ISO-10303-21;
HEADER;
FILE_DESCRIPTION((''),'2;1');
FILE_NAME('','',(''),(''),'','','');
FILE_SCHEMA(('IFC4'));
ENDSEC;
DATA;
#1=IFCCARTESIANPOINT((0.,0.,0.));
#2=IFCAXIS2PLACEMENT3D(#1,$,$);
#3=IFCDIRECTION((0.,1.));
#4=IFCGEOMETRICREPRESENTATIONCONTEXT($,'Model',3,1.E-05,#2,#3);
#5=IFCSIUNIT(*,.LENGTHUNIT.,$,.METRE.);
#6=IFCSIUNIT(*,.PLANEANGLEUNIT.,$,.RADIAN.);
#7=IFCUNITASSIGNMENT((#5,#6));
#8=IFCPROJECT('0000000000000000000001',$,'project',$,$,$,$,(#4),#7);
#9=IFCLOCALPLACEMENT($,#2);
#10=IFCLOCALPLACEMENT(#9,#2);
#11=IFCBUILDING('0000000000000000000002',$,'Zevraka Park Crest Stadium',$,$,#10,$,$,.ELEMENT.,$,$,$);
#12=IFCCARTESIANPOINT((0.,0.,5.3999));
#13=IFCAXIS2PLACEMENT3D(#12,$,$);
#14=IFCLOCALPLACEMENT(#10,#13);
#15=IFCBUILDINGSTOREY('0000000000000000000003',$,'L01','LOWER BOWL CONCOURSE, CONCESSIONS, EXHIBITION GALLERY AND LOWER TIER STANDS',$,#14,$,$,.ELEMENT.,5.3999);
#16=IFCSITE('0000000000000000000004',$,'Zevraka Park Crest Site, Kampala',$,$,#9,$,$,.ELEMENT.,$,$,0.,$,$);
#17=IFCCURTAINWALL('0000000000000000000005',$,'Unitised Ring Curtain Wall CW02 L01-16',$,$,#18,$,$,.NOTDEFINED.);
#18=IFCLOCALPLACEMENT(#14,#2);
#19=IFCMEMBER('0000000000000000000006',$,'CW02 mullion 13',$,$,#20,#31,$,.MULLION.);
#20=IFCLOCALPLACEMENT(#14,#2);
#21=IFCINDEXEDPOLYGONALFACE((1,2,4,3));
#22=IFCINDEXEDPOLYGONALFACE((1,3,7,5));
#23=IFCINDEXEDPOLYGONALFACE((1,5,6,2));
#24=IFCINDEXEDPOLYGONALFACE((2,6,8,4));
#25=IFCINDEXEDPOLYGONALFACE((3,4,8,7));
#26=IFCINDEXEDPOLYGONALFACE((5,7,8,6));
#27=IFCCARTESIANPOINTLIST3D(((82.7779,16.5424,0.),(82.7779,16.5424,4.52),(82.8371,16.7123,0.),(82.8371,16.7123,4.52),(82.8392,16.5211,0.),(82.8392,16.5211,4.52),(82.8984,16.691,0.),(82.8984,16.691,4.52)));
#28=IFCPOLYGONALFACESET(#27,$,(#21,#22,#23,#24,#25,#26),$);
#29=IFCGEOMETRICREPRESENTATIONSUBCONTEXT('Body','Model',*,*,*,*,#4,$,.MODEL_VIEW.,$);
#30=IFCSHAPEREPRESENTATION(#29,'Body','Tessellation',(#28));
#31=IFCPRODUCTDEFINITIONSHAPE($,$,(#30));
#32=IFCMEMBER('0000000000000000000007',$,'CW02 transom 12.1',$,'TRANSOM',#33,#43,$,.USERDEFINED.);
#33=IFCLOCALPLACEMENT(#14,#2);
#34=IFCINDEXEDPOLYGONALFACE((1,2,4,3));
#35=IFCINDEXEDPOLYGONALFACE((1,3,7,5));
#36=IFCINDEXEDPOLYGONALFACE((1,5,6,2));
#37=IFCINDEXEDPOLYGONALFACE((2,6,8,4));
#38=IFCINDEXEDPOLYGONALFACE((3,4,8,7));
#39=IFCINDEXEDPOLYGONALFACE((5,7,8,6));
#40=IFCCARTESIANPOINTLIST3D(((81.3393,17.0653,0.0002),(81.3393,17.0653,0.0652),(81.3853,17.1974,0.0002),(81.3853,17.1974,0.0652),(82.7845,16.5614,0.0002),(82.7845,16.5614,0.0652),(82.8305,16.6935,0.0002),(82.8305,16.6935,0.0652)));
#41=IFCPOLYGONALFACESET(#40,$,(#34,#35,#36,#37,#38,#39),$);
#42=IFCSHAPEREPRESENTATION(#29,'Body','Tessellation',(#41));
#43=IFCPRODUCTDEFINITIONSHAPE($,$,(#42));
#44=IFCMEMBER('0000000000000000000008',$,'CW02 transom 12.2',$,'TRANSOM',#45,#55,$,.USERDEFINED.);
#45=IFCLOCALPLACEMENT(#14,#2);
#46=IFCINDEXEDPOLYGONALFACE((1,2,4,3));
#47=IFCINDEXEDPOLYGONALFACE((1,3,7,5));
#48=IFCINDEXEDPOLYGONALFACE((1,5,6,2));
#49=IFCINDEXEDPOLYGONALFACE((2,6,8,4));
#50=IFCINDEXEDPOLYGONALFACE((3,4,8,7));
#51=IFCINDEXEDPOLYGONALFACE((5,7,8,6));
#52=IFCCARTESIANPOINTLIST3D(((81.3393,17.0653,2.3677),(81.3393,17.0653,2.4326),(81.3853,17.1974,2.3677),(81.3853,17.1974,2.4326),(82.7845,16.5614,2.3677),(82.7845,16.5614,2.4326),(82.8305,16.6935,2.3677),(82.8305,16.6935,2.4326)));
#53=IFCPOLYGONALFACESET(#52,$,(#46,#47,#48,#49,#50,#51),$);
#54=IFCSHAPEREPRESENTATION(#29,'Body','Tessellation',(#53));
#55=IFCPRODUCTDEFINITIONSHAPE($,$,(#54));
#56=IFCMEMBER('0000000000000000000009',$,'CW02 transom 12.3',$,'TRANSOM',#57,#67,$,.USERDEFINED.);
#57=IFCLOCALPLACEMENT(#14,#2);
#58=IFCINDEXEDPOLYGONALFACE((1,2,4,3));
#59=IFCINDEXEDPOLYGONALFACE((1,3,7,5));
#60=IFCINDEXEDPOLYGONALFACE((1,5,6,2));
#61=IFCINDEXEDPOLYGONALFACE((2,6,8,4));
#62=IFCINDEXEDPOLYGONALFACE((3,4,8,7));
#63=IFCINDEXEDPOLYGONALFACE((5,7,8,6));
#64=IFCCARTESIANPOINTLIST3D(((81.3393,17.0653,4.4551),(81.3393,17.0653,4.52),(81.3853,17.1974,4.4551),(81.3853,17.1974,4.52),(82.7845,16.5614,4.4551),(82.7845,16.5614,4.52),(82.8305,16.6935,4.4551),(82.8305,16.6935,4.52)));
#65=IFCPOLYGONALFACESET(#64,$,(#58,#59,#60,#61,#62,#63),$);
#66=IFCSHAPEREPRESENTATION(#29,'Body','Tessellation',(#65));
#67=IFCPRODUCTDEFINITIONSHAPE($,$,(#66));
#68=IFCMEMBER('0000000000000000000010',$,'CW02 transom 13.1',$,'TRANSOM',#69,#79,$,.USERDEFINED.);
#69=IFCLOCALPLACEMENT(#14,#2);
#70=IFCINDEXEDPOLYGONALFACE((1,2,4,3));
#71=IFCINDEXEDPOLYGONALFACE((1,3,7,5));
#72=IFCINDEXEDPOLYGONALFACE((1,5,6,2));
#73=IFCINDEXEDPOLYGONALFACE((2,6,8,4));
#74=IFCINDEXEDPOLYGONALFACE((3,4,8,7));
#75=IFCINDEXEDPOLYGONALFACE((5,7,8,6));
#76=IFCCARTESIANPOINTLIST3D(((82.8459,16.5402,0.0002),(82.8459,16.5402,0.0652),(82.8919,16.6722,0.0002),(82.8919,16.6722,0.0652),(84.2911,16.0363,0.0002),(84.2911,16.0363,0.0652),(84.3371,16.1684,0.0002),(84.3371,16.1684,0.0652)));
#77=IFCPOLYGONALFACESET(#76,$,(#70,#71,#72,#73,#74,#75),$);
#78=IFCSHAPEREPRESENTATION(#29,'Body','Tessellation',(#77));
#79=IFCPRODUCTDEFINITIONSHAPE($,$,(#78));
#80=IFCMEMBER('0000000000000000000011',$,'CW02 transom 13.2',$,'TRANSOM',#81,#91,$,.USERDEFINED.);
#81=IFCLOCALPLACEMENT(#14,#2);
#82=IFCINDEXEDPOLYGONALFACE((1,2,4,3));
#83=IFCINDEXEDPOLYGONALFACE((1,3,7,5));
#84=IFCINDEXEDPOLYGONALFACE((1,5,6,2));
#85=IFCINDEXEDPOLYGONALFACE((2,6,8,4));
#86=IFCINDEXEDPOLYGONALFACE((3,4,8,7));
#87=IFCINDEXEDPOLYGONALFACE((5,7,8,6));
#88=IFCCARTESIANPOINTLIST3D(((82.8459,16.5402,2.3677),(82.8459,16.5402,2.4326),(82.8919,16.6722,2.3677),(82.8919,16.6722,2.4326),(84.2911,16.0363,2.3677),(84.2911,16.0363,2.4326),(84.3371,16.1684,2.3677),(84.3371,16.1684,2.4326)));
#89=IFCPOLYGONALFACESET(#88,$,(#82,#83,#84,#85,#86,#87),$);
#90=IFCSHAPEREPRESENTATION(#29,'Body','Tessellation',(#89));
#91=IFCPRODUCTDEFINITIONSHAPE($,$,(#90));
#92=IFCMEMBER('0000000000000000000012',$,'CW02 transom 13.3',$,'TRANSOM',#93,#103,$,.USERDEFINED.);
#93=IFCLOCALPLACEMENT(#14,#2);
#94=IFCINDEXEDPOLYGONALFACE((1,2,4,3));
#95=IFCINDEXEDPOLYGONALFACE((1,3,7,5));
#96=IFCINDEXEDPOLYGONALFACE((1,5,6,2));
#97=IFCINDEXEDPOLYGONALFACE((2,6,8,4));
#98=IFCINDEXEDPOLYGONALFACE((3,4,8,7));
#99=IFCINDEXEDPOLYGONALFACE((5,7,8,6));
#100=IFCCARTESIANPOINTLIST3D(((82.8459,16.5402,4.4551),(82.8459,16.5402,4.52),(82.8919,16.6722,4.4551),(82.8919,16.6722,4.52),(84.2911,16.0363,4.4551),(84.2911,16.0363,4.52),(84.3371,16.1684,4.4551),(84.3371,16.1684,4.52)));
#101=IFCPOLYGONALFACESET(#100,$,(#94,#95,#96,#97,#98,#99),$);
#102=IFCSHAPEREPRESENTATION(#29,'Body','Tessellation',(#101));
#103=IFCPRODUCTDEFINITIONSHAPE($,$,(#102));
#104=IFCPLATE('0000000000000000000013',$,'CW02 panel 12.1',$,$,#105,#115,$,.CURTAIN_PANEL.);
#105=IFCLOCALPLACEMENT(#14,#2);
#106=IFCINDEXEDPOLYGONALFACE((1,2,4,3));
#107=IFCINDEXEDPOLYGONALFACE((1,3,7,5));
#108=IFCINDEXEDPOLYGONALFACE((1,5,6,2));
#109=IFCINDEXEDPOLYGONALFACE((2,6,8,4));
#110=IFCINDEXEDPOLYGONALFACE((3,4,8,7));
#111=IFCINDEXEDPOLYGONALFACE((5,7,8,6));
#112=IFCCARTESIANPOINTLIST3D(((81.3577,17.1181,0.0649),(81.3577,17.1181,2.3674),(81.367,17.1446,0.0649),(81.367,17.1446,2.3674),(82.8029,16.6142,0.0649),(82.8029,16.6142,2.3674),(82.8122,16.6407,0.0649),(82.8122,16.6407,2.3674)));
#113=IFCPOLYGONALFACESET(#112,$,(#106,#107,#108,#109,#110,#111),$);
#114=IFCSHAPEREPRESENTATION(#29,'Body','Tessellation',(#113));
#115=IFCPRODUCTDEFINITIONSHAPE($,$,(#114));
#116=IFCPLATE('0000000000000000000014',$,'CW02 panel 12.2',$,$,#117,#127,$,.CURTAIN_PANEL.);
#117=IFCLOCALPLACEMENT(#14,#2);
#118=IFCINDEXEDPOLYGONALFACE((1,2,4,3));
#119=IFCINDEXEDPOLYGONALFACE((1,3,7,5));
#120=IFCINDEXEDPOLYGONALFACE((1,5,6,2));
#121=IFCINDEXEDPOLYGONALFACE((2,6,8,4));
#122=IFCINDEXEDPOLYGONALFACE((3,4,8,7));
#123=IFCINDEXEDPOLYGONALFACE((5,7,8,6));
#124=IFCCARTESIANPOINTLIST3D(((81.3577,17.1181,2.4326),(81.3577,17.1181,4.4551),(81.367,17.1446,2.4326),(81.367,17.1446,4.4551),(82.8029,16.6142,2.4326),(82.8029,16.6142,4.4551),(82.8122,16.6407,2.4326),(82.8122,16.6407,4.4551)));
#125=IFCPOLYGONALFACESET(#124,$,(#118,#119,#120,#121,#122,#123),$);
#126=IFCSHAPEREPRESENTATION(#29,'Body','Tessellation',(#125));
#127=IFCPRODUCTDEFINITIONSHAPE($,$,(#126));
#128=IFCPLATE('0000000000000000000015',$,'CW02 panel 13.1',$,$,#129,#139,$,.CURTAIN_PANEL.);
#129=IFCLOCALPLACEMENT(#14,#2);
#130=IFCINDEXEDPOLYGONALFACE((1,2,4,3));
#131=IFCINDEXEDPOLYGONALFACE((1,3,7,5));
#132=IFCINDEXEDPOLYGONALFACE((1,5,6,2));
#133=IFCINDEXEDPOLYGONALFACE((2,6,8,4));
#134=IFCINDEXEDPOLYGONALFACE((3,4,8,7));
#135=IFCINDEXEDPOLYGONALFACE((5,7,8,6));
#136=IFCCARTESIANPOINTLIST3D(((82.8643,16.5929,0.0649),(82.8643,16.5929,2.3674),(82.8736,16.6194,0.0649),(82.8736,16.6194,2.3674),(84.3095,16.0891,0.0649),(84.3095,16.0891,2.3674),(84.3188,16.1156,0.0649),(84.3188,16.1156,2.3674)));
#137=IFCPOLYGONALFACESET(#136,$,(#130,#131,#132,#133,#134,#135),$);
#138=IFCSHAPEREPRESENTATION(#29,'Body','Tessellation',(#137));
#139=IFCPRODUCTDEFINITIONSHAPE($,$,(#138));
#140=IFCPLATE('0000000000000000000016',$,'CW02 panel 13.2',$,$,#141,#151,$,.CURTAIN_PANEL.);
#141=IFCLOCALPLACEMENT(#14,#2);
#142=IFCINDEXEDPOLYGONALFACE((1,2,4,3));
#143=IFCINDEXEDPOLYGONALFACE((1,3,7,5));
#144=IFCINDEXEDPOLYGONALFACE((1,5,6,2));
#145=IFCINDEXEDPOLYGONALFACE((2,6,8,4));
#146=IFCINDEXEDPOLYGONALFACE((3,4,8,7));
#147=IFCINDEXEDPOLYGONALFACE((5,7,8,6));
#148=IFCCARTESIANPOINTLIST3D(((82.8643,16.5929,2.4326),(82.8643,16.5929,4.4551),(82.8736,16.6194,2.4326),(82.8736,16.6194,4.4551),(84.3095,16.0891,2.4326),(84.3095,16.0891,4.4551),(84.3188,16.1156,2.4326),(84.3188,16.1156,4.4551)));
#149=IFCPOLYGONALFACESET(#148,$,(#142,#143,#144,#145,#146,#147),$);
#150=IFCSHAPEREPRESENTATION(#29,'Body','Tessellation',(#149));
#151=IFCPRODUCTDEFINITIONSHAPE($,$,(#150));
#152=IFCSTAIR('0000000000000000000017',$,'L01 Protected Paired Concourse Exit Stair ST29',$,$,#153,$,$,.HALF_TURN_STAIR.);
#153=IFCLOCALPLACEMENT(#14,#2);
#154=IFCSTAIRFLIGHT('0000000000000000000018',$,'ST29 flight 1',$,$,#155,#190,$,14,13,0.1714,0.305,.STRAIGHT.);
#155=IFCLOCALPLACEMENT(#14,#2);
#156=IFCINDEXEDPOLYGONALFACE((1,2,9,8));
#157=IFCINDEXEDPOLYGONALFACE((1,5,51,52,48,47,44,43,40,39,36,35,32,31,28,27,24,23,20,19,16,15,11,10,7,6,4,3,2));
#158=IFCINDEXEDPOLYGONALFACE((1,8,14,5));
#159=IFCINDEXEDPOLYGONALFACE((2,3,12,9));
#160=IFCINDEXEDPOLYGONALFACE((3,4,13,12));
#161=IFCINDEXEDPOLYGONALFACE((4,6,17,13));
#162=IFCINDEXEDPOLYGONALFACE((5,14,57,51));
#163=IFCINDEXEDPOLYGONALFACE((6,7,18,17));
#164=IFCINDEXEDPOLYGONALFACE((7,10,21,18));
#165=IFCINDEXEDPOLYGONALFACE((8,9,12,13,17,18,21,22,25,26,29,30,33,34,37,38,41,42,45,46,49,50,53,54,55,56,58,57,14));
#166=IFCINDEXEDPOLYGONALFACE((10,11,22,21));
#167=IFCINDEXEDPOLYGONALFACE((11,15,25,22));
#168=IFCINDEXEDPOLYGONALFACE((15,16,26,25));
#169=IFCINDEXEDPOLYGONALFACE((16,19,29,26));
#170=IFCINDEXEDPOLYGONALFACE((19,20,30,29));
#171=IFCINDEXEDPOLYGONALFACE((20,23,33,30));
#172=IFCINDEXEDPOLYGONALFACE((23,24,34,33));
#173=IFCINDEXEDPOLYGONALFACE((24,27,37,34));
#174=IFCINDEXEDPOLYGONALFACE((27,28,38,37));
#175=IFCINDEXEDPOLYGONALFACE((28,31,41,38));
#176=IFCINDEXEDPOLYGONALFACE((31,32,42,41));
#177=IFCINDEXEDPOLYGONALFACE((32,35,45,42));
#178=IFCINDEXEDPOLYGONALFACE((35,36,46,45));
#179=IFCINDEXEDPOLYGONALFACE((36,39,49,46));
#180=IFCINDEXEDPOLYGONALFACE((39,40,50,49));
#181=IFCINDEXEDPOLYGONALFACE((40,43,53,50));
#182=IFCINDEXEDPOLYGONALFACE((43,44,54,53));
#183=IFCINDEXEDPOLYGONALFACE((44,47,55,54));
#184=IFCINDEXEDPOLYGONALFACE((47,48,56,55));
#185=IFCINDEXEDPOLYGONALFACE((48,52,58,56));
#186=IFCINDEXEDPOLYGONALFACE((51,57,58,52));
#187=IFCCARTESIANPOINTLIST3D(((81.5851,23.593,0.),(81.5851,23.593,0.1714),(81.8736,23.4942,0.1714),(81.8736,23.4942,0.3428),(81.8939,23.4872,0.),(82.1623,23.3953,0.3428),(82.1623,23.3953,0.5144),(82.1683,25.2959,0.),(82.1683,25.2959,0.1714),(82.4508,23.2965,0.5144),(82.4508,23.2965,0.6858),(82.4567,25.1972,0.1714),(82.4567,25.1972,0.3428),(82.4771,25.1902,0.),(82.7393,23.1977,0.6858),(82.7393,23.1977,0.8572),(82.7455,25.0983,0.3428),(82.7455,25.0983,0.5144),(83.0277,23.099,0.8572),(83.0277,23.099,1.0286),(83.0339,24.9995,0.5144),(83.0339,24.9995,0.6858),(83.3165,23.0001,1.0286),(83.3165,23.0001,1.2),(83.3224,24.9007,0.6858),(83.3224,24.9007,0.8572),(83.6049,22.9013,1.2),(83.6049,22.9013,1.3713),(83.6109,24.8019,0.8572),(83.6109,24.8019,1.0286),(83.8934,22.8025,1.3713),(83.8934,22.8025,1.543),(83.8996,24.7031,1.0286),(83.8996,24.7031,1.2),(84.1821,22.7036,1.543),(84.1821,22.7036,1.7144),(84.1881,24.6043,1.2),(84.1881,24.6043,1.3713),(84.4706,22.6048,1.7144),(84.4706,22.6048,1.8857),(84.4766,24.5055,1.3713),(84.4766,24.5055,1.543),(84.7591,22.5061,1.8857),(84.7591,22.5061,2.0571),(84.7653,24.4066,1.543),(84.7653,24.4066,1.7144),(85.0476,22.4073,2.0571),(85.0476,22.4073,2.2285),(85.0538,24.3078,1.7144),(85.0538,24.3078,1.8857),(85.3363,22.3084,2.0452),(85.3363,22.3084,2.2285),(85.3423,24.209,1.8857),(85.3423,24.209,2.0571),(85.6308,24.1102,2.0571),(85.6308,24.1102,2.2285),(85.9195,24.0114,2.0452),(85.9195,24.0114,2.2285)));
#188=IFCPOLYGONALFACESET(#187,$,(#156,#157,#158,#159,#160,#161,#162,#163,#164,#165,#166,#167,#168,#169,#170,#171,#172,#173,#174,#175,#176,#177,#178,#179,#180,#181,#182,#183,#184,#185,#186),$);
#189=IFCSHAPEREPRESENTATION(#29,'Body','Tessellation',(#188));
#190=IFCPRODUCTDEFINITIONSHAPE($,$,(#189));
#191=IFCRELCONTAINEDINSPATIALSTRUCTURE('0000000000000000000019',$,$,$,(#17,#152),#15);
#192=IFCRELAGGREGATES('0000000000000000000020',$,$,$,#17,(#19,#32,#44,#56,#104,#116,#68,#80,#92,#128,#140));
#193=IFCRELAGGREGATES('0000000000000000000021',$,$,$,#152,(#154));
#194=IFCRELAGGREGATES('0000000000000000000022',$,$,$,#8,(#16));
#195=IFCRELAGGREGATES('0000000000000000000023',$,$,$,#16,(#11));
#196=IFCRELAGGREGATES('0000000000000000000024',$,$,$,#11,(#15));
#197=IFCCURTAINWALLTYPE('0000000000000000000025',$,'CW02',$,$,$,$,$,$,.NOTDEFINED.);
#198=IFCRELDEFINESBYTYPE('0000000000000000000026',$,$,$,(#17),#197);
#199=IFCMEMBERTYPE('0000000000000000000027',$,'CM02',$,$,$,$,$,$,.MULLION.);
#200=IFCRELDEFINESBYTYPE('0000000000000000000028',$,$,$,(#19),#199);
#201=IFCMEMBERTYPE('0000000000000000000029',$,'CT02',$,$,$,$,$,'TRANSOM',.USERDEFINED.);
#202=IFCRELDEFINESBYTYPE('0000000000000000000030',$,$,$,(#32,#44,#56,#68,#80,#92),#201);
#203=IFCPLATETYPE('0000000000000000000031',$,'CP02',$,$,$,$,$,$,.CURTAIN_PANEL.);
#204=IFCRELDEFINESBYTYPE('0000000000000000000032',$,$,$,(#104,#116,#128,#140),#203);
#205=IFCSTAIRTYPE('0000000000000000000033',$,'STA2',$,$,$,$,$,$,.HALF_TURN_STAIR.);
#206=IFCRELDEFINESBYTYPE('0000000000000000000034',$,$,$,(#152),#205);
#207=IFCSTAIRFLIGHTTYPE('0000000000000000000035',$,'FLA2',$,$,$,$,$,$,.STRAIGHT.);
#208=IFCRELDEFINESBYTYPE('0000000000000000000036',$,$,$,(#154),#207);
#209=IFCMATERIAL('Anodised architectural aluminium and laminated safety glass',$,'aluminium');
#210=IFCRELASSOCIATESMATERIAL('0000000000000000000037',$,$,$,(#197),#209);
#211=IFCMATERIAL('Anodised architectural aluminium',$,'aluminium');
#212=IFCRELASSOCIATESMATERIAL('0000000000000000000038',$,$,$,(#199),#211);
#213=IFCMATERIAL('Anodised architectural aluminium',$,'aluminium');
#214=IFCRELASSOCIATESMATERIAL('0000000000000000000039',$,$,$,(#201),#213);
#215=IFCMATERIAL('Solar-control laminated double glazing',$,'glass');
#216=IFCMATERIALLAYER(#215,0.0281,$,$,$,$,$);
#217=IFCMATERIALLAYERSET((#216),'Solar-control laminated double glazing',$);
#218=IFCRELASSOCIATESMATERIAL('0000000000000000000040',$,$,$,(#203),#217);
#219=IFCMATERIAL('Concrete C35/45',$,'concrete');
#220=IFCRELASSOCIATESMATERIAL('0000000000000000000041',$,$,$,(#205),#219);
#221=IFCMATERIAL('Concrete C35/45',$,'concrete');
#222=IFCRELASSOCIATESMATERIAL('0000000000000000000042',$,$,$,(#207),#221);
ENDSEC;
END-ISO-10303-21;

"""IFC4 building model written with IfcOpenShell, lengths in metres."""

from ifc_helpers import new_model, si_unit, direction, frame, origin, origin_2d, place, context, subcontext, project, spatial, polyline, rectangle, outline, extrude, material, layer, layer_set, material_profile, profile_set, type_object, element, aggregate, save


model = new_model("IFC4")

# Units and contexts
model_context = context("Model", 3, precision=1e-05, world=origin(), true_north=direction((0.0, 1.0)))
body_context = subcontext(model_context, "Body", "Model", "MODEL_VIEW")
ifc_project = project(units=[si_unit("LENGTHUNIT", "METRE"), si_unit("PLANEANGLEUNIT", "RADIAN")], contexts=[model_context])

# Site, building, storey
site_placement = place(None, origin())
site = spatial("IfcSite", under=ifc_project, at=site_placement, Name="Zevraka Park Crest Site, Kampala", CompositionType="ELEMENT", RefElevation=0.0)
building_placement = place(site_placement, origin())
building = spatial("IfcBuilding", under=site, at=building_placement, Name="Zevraka Park Crest Stadium", CompositionType="ELEMENT")
storey_placement = place(building_placement, frame((0.0, 0.0, 5.3999)))
storey = spatial("IfcBuildingStorey", under=building, at=storey_placement, Name="L01", Description="LOWER BOWL CONCOURSE, CONCESSIONS, EXHIBITION GALLERY AND LOWER TIER STANDS", CompositionType="ELEMENT", Elevation=5.3999)

# Curtain wall, members, plates
ifc_material_1 = material(Name="Anodised architectural aluminium and laminated safety glass", Category="aluminium")
curtain_wall_type = type_object("IfcCurtainWallType", Name="CW02", PredefinedType="NOTDEFINED", material=ifc_material_1)
curtain_wall_placement = place(storey_placement, origin())
curtain_wall = element("IfcCurtainWall", 1, at=curtain_wall_placement, inside=storey, type_object=curtain_wall_type, Name="Unitised Ring Curtain Wall CW02 L01-16", PredefinedType="NOTDEFINED")
ifc_material_2 = material(Name="Anodised architectural aluminium", Category="aluminium")
ifc_material_profile_1 = material_profile(ifc_material_2, rectangle(XDim=0.1799, YDim=0.0649, at=origin_2d()), Name="ALU MULLION 180x65")
ifc_profile_set_1 = profile_set([ifc_material_profile_1], Name="Anodised architectural aluminium")
member_type_1 = type_object("IfcMemberType", Name="CM02", PredefinedType="MULLION", material=ifc_profile_set_1)
member_1_placement = place(storey_placement, frame((82.8381, 16.6167, 0.0), z_axis=(0.0, 0.0, 1.0), x_axis=(0.329209, 0.944257, 0.0)))
member_1 = element("IfcMember", 2, at=member_1_placement, type_object=member_type_1, Name="CW02 mullion 13", PredefinedType="MULLION", context=body_context, shape_type="SweptSolid", body=[
    extrude(rectangle(XDim=0.1799, YDim=0.0649, at=origin_2d()), origin(), (0.0, 0.0, 1.0), 4.52),
])
ifc_material_3 = material(Name="Anodised architectural aluminium", Category="aluminium")
ifc_material_profile_2 = material_profile(ifc_material_3, rectangle(XDim=0.1399, YDim=0.0649, at=origin_2d()), Name="ALU TRANSOM 140x65")
ifc_profile_set_2 = profile_set([ifc_material_profile_2], Name="Anodised architectural aluminium")
member_type_2 = type_object("IfcMemberType", Name="CT02", ElementType="TRANSOM", PredefinedType="USERDEFINED", material=ifc_profile_set_2)
member_2_placement = place(storey_placement, frame((81.3623, 17.1313, 0.0327), z_axis=(0.944256, -0.329213, 0.0), x_axis=(0.329213, 0.944256, 0.0)))
member_2 = element("IfcMember", 3, at=member_2_placement, type_object=member_type_2, Name="CW02 transom 12.1", ObjectType="TRANSOM", PredefinedType="USERDEFINED", context=body_context, shape_type="SweptSolid", body=[
    extrude(rectangle(XDim=0.1399, YDim=0.0649, at=origin_2d()), origin(), (0.0, 0.0, 1.0), 1.5305),
])
member_3_placement = place(storey_placement, frame((81.3623, 17.1313, 2.4001), z_axis=(0.944256, -0.329213, 0.0), x_axis=(0.329213, 0.944256, 0.0)))
member_3 = element("IfcMember", 4, at=member_3_placement, type_object=member_type_2, Name="CW02 transom 12.2", ObjectType="TRANSOM", PredefinedType="USERDEFINED", context=body_context, shape_type="SweptSolid", body=[
    extrude(rectangle(XDim=0.1399, YDim=0.0649, at=origin_2d()), origin(), (0.0, 0.0, 1.0), 1.5305),
])
member_4_placement = place(storey_placement, frame((81.3623, 17.1313, 4.4875), z_axis=(0.944256, -0.329213, 0.0), x_axis=(0.329213, 0.944256, 0.0)))
member_4 = element("IfcMember", 5, at=member_4_placement, type_object=member_type_2, Name="CW02 transom 12.3", ObjectType="TRANSOM", PredefinedType="USERDEFINED", context=body_context, shape_type="SweptSolid", body=[
    extrude(rectangle(XDim=0.1399, YDim=0.0649, at=origin_2d()), origin(), (0.0, 0.0, 1.0), 1.5305),
])
member_5_placement = place(storey_placement, frame((82.8689, 16.6062, 0.0327), z_axis=(0.944256, -0.329213, 0.0), x_axis=(0.329213, 0.944256, 0.0)))
member_5 = element("IfcMember", 6, at=member_5_placement, type_object=member_type_2, Name="CW02 transom 13.1", ObjectType="TRANSOM", PredefinedType="USERDEFINED", context=body_context, shape_type="SweptSolid", body=[
    extrude(rectangle(XDim=0.1399, YDim=0.0649, at=origin_2d()), origin(), (0.0, 0.0, 1.0), 1.5305),
])
member_6_placement = place(storey_placement, frame((82.8689, 16.6062, 2.4001), z_axis=(0.944256, -0.329213, 0.0), x_axis=(0.329213, 0.944256, 0.0)))
member_6 = element("IfcMember", 7, at=member_6_placement, type_object=member_type_2, Name="CW02 transom 13.2", ObjectType="TRANSOM", PredefinedType="USERDEFINED", context=body_context, shape_type="SweptSolid", body=[
    extrude(rectangle(XDim=0.1399, YDim=0.0649, at=origin_2d()), origin(), (0.0, 0.0, 1.0), 1.5305),
])
member_7_placement = place(storey_placement, frame((82.8689, 16.6062, 4.4875), z_axis=(0.944256, -0.329213, 0.0), x_axis=(0.329213, 0.944256, 0.0)))
member_7 = element("IfcMember", 8, at=member_7_placement, type_object=member_type_2, Name="CW02 transom 13.3", ObjectType="TRANSOM", PredefinedType="USERDEFINED", context=body_context, shape_type="SweptSolid", body=[
    extrude(rectangle(XDim=0.1399, YDim=0.0649, at=origin_2d()), origin(), (0.0, 0.0, 1.0), 1.5305),
])
ifc_material_4 = material(Name="Solar-control laminated double glazing", Category="glass")
ifc_layer_1 = layer(ifc_material_4, 0.0281)
ifc_layer_set_1 = layer_set([ifc_layer_1], Name="Solar-control laminated double glazing")
plate_type = type_object("IfcPlateType", Name="CP02", PredefinedType="CURTAIN_PANEL", material=ifc_layer_set_1)
plate_1_placement = place(storey_placement, frame((82.085, 16.8794, 0.0649), z_axis=(0.0, 0.0, 1.0), x_axis=(0.944257, -0.329209, 0.0)))
plate_1 = element("IfcPlate", 9, at=plate_1_placement, type_object=plate_type, Name="CW02 panel 12.1", PredefinedType="CURTAIN_PANEL", context=body_context, shape_type="SweptSolid", body=[
    extrude(rectangle(XDim=1.5305, YDim=0.0281, at=origin_2d()), origin(), (0.0, 0.0, 1.0), 2.3025),
])
plate_2_placement = place(storey_placement, frame((82.085, 16.8794, 2.4326), z_axis=(0.0, 0.0, 1.0), x_axis=(0.944257, -0.329209, 0.0)))
plate_2 = element("IfcPlate", 10, at=plate_2_placement, type_object=plate_type, Name="CW02 panel 12.2", PredefinedType="CURTAIN_PANEL", context=body_context, shape_type="SweptSolid", body=[
    extrude(rectangle(XDim=1.5305, YDim=0.0281, at=origin_2d()), origin(), (0.0, 0.0, 1.0), 2.0225),
])
plate_3_placement = place(storey_placement, frame((83.5916, 16.3542, 0.0649), z_axis=(0.0, 0.0, 1.0), x_axis=(0.944257, -0.329209, 0.0)))
plate_3 = element("IfcPlate", 11, at=plate_3_placement, type_object=plate_type, Name="CW02 panel 13.1", PredefinedType="CURTAIN_PANEL", context=body_context, shape_type="SweptSolid", body=[
    extrude(rectangle(XDim=1.5305, YDim=0.0281, at=origin_2d()), origin(), (0.0, 0.0, 1.0), 2.3025),
])
plate_4_placement = place(storey_placement, frame((83.5916, 16.3542, 2.4326), z_axis=(0.0, 0.0, 1.0), x_axis=(0.944257, -0.329209, 0.0)))
plate_4 = element("IfcPlate", 12, at=plate_4_placement, type_object=plate_type, Name="CW02 panel 13.2", PredefinedType="CURTAIN_PANEL", context=body_context, shape_type="SweptSolid", body=[
    extrude(rectangle(XDim=1.5305, YDim=0.0281, at=origin_2d()), origin(), (0.0, 0.0, 1.0), 2.0225),
])
aggregate(curtain_wall, [member_1, member_2, member_3, member_4, plate_1, plate_2, member_5, member_6, member_7, plate_3, plate_4])

# Stair, stair flight
ifc_material_5 = material(Name="Concrete C35/45", Category="concrete")
stair_type = type_object("IfcStairType", Name="STA2", PredefinedType="HALF_TURN_STAIR", material=ifc_material_5)
stair_placement = place(storey_placement, origin())
stair = element("IfcStair", 13, at=stair_placement, inside=storey, type_object=stair_type, Name="L01 Protected Paired Concourse Exit Stair ST29", PredefinedType="HALF_TURN_STAIR")
ifc_material_6 = material(Name="Concrete C35/45", Category="concrete")
stair_flight_type = type_object("IfcStairFlightType", Name="FLA2", PredefinedType="STRAIGHT", material=ifc_material_6)
stair_flight_1_placement = place(storey_placement, frame((81.8767, 24.4446, 0.0), z_axis=(0.0, 0.0, 1.0), x_axis=(0.946066, -0.323974, 0.0)))
stair_flight_1 = element("IfcStairFlight", 14, at=stair_flight_1_placement, type_object=stair_flight_type, Name="ST29 flight 1", NumberOfRisers=14, NumberOfTreads=13, PredefinedType="STRAIGHT", RiserHeight=0.1714, TreadLength=0.305, context=body_context, shape_type="SweptSolid", body=[
    extrude(outline(polyline([(0.0, 0.0), (0.0, 0.1714), (0.3049, 0.1714), (0.3049, 0.3428), (0.6101, 0.3428), (0.6101, 0.5144), (0.915, 0.5144), (0.915, 0.6858), (1.22, 0.6858), (1.22, 0.8572), (1.5249, 0.8572), (1.5249, 1.0286), (1.8301, 1.0286), (1.8301, 1.2), (2.135, 1.2), (2.135, 1.3713), (2.4399, 1.3713), (2.4399, 1.543), (2.7451, 1.543), (2.7451, 1.7144), (3.05, 1.7144), (3.05, 1.8857), (3.355, 1.8857), (3.355, 2.0571), (3.6599, 2.0571), (3.6599, 2.2285), (3.9651, 2.2285), (3.9651, 2.3999), (3.9651, 2.0452), (0.3264, 0.0), (0.0, 0.0)])), frame((0.0, 0.8999, 0.0), z_axis=(0.0, -1.0, 0.0), x_axis=(1.0, 0.0, 0.0)), (0.0, 0.0, 1.0), 1.8),
])
aggregate(stair, [stair_flight_1])

save(model, "model.ifc")
